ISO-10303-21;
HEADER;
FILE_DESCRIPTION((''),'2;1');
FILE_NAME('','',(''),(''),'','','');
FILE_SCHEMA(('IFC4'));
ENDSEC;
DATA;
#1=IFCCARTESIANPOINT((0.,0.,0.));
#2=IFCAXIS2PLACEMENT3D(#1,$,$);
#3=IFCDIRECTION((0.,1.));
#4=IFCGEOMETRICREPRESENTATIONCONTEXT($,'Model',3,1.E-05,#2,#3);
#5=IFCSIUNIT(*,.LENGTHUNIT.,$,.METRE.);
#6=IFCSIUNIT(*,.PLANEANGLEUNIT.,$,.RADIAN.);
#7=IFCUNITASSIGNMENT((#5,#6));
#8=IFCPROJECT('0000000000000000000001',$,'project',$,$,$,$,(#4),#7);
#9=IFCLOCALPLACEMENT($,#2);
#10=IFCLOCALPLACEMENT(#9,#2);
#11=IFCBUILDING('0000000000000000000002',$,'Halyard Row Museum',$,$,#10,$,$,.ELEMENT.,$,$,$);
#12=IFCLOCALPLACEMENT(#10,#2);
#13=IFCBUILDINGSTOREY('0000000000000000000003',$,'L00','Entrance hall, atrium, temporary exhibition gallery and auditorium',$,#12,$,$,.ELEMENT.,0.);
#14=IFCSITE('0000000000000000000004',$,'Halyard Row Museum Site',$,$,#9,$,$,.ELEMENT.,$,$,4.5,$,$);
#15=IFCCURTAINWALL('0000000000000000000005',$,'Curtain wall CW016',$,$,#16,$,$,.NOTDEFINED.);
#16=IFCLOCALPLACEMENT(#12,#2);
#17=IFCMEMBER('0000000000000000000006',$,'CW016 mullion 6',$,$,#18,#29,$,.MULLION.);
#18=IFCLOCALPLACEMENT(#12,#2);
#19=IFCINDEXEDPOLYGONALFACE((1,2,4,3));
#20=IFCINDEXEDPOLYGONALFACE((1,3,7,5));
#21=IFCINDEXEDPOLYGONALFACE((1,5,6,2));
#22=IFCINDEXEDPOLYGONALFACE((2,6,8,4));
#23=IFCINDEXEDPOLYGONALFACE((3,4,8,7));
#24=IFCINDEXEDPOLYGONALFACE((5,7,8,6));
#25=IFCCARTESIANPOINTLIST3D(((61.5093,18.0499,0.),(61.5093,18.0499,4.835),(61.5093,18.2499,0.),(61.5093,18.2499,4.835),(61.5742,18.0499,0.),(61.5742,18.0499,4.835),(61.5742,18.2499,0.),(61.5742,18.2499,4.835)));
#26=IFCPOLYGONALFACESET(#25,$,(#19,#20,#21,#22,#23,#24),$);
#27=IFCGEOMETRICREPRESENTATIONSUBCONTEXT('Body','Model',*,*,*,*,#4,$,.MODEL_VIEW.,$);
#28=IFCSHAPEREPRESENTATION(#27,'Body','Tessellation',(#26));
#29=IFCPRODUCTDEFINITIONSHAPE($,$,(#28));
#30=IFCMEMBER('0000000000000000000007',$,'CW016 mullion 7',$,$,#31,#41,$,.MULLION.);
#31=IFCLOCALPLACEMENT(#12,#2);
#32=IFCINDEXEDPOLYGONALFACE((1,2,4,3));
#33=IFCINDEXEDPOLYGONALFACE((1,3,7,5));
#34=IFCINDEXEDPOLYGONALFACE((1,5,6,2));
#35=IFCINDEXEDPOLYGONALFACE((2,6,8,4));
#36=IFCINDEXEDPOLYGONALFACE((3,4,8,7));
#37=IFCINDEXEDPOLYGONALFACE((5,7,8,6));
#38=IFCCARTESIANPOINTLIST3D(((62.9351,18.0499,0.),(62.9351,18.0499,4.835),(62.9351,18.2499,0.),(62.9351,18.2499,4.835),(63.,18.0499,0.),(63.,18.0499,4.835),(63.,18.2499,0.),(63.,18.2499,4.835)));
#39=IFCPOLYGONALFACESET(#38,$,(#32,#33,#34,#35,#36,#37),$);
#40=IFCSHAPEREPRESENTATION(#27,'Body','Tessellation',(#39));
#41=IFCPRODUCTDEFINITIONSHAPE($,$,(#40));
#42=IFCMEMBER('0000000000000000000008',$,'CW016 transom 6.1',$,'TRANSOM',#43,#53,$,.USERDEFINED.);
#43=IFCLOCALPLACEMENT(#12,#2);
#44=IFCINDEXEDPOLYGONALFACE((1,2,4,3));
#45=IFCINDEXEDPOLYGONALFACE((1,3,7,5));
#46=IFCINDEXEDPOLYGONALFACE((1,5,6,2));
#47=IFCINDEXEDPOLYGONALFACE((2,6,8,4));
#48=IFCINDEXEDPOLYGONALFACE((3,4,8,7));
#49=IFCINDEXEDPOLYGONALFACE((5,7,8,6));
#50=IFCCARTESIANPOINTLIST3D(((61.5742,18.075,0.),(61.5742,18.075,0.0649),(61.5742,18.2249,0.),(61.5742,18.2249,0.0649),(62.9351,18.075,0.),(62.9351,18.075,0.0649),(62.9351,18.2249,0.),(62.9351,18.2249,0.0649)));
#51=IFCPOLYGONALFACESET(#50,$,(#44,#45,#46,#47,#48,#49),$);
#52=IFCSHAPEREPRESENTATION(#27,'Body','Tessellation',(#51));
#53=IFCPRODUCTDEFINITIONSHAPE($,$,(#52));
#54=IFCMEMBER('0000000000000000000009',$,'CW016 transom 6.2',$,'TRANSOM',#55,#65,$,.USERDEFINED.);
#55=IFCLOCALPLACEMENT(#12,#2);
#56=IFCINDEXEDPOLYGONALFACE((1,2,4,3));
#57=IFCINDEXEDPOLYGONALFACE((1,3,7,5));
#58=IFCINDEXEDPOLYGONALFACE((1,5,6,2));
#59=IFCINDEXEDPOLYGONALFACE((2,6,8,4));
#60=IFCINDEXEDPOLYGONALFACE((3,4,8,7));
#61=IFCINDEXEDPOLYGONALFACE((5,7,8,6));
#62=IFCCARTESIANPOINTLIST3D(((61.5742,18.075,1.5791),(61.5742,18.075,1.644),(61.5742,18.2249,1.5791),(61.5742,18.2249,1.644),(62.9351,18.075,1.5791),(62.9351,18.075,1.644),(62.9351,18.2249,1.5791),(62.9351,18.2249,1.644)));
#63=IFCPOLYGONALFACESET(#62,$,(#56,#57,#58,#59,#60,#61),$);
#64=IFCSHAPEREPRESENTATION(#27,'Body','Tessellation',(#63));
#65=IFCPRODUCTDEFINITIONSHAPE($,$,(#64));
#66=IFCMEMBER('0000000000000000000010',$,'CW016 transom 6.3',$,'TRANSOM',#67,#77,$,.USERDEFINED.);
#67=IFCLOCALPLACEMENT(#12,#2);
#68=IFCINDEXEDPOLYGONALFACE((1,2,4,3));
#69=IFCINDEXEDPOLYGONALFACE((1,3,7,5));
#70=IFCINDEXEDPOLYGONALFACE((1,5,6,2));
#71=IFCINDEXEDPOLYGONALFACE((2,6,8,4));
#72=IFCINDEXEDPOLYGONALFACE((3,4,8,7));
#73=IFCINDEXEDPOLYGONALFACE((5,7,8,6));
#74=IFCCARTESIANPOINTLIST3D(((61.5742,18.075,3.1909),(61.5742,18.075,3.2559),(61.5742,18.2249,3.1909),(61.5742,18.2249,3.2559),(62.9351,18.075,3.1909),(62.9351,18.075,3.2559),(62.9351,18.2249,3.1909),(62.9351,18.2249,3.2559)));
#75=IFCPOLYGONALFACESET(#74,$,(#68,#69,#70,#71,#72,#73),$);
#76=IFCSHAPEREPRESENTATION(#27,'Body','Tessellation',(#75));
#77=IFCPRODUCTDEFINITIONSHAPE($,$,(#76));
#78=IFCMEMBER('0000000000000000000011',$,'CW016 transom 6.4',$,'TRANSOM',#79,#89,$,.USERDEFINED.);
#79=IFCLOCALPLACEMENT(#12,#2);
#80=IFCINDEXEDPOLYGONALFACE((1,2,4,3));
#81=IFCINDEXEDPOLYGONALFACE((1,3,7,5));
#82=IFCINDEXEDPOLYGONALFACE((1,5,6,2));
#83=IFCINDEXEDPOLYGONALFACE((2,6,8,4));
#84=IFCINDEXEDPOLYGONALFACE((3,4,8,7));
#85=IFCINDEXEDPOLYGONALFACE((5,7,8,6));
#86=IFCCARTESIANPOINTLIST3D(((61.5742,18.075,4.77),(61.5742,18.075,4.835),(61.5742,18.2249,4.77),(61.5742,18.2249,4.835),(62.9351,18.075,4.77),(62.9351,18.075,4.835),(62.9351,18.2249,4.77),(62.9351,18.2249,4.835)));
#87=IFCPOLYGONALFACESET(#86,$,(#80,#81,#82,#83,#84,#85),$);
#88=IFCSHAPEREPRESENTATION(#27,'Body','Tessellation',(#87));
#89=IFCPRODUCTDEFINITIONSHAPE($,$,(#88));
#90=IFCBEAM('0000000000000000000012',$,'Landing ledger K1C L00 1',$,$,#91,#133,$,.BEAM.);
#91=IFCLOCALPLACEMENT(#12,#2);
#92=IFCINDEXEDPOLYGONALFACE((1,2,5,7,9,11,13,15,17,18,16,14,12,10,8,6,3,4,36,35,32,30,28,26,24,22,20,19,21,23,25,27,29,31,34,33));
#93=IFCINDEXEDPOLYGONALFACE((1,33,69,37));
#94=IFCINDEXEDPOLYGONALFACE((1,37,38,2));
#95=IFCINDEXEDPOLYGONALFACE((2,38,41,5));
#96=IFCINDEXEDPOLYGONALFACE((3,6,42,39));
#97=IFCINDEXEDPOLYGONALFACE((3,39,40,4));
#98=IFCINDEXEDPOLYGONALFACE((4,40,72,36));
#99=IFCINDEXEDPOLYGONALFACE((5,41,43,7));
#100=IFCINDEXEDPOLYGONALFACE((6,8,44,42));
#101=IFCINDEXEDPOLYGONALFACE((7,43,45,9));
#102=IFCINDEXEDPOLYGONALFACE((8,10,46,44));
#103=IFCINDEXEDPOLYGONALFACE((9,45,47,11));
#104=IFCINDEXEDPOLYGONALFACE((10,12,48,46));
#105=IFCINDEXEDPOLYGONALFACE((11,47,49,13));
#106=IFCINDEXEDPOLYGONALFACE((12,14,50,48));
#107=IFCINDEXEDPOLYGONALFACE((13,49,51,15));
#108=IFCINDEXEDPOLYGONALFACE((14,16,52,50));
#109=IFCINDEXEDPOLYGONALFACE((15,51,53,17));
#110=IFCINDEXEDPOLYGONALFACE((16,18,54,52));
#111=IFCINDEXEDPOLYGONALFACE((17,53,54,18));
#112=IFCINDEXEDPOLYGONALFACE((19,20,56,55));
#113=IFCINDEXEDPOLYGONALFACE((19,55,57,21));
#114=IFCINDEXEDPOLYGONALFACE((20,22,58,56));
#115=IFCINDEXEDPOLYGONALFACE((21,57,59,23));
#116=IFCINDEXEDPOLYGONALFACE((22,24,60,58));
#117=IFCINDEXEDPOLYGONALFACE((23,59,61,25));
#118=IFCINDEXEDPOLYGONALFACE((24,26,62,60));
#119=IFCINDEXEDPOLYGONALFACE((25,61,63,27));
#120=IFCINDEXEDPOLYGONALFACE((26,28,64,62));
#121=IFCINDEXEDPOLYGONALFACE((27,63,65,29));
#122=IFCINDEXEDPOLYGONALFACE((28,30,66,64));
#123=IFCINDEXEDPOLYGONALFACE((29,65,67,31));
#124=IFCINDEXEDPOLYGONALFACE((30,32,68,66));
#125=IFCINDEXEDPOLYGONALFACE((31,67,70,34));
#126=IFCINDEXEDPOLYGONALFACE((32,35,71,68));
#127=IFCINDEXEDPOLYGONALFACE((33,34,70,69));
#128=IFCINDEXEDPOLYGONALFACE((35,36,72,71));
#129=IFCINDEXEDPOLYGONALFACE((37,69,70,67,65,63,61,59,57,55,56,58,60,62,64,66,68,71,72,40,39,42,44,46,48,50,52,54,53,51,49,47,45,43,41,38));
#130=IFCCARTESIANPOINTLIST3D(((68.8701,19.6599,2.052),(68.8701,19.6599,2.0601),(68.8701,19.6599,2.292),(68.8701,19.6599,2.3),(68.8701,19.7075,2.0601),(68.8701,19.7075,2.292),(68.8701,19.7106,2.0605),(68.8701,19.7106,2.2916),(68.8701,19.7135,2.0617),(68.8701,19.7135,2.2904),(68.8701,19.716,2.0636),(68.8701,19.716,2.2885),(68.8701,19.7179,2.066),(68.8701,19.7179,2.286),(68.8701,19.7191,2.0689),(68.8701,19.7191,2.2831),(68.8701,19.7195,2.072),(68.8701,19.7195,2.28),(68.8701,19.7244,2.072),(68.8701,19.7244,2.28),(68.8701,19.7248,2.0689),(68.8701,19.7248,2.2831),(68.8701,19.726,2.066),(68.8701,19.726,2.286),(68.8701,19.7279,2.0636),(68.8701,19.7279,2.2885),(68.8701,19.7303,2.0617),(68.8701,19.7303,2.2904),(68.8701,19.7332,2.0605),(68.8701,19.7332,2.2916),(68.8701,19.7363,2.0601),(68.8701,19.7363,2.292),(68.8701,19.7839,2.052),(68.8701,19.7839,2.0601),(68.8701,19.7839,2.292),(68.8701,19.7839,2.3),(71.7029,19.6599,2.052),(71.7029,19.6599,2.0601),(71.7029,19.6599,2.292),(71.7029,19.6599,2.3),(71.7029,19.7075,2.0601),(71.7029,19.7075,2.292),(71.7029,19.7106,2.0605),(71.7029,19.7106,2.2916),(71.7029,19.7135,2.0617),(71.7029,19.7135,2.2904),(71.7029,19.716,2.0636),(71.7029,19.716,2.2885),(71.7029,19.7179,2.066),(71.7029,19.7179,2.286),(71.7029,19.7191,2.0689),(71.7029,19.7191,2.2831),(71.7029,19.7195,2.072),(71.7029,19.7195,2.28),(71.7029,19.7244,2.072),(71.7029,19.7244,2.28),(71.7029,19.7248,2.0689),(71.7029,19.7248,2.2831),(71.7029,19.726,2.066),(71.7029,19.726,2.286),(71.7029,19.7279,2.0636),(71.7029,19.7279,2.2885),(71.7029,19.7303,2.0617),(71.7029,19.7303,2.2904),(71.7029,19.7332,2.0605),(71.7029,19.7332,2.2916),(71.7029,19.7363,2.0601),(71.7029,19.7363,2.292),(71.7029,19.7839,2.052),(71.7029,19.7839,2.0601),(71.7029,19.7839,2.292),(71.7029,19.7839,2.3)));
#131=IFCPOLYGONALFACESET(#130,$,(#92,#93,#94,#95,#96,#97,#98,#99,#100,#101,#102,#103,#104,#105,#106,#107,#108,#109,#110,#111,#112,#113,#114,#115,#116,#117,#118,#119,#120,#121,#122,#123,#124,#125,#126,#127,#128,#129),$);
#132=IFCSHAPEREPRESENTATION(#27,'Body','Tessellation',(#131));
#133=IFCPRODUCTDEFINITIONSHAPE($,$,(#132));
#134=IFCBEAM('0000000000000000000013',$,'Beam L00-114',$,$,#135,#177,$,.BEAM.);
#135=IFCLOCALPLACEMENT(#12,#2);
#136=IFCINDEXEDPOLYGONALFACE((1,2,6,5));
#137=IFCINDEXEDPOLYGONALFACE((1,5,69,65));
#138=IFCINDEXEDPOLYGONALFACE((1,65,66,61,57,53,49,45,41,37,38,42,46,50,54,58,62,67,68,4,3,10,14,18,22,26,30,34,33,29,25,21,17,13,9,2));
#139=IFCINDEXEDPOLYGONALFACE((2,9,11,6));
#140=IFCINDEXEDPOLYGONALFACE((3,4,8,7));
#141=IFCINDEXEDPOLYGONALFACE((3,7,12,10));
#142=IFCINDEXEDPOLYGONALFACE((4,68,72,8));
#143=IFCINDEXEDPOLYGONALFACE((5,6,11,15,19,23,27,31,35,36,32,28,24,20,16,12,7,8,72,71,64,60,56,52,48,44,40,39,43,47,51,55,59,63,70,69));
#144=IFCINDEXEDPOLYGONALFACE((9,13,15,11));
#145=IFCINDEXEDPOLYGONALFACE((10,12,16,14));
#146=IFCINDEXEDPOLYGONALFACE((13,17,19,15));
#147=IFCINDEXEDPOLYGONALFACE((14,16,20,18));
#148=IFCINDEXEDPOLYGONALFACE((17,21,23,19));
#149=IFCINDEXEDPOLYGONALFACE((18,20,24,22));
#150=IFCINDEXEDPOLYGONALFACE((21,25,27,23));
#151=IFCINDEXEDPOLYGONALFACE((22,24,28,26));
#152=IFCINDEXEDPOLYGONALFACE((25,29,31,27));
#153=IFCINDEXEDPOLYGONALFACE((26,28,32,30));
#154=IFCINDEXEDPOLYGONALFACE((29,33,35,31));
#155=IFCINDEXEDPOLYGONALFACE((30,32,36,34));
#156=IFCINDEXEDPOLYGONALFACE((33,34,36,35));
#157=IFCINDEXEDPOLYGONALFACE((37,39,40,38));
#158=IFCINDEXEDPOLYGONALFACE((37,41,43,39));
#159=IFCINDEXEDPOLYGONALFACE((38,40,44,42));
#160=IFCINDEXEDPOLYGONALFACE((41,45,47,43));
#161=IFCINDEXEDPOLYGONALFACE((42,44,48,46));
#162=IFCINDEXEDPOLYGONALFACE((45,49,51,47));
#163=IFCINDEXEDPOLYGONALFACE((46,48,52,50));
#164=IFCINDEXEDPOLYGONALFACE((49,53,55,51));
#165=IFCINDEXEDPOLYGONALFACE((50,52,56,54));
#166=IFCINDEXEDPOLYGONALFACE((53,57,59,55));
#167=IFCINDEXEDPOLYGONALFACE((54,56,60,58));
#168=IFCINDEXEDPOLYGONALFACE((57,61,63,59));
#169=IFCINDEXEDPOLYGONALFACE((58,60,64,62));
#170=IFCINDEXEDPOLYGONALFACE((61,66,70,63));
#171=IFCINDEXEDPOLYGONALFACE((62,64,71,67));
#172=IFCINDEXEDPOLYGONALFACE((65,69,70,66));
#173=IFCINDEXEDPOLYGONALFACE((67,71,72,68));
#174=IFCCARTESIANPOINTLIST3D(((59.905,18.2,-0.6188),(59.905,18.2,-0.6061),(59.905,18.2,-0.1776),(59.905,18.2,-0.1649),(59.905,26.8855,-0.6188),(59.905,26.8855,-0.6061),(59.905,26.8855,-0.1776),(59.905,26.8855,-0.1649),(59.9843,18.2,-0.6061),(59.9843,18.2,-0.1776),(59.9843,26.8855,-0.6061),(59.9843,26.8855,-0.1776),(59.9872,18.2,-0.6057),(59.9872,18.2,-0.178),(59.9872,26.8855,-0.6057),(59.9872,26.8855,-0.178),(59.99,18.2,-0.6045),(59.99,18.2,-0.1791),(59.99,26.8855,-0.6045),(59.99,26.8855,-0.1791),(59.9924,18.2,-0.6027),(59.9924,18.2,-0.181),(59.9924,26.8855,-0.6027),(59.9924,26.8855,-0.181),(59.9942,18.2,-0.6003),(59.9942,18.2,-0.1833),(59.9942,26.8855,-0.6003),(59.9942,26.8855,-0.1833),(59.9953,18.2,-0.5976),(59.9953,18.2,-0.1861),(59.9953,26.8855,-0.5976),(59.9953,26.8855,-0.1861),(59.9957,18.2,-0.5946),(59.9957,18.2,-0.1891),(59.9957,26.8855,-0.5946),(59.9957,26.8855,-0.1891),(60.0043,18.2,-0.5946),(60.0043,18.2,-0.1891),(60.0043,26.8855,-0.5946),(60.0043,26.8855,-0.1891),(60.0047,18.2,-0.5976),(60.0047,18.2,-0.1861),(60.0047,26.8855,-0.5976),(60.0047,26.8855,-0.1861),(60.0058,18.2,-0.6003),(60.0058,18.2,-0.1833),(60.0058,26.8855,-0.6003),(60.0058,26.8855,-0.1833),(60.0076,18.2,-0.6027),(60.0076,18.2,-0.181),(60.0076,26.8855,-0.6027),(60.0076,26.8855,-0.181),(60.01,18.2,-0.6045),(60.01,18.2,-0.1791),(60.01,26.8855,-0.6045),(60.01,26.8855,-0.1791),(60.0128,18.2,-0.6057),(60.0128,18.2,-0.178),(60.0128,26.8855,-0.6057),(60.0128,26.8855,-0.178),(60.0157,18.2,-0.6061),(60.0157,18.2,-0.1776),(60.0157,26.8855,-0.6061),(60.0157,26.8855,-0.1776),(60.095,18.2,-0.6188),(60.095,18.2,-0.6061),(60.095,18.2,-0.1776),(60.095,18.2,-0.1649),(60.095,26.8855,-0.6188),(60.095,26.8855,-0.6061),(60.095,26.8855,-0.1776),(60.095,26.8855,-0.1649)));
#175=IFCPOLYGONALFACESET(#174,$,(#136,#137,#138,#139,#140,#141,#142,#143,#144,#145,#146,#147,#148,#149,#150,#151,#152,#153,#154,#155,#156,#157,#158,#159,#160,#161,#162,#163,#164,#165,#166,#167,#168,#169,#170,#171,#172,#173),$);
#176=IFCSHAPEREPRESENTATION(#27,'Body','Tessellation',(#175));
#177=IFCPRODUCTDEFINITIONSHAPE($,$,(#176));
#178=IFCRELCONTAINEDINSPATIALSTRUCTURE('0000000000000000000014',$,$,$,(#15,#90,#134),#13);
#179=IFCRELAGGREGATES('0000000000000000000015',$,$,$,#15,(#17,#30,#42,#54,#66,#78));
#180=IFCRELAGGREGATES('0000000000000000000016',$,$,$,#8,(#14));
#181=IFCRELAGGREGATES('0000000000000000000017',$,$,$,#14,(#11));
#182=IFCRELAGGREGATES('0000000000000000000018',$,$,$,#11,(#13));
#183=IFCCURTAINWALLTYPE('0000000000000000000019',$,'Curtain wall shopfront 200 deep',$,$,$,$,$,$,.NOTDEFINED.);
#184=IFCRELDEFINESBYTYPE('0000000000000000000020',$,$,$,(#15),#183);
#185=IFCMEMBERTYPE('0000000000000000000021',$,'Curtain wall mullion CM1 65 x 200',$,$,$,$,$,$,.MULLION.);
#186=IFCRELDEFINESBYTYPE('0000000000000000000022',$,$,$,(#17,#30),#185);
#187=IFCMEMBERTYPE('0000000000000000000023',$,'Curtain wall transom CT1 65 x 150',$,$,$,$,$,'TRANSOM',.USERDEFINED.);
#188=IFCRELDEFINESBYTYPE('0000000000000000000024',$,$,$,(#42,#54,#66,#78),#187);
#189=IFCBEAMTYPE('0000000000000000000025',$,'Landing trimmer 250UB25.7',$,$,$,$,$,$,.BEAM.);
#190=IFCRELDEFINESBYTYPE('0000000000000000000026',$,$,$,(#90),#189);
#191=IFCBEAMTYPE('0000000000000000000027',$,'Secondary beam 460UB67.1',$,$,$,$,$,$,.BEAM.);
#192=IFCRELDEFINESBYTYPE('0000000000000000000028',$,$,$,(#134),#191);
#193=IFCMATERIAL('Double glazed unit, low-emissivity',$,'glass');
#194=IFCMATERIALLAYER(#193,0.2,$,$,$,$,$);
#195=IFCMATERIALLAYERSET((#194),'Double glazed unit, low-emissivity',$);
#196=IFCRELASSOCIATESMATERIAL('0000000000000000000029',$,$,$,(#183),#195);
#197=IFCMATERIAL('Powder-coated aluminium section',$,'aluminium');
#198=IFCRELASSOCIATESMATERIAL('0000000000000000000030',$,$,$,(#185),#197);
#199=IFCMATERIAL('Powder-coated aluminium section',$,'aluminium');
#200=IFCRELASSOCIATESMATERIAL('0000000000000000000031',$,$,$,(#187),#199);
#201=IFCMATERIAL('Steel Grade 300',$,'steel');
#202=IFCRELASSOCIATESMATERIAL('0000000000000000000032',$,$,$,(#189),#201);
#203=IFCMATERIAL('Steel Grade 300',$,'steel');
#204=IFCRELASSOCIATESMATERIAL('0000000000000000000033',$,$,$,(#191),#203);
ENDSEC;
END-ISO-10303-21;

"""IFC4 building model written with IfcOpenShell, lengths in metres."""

from ifc_helpers import new_model, si_unit, direction, frame, origin, origin_2d, place, context, subcontext, project, spatial, rectangle, i_section, extrude, material, layer, layer_set, material_profile, profile_set, type_object, element, aggregate, save


model = new_model("IFC4")

# Units and contexts
model_context = context("Model", 3, precision=1e-05, world=origin(), true_north=direction((0.0, 1.0)))
body_context = subcontext(model_context, "Body", "Model", "MODEL_VIEW")
ifc_project = project(units=[si_unit("LENGTHUNIT", "METRE"), si_unit("PLANEANGLEUNIT", "RADIAN")], contexts=[model_context])

# Site, building, storey
site_placement = place(None, origin())
site = spatial("IfcSite", under=ifc_project, at=site_placement, Name="Halyard Row Museum Site", CompositionType="ELEMENT", RefElevation=4.5)
building_placement = place(site_placement, origin())
building = spatial("IfcBuilding", under=site, at=building_placement, Name="Halyard Row Museum", CompositionType="ELEMENT")
storey_placement = place(building_placement, origin())
storey = spatial("IfcBuildingStorey", under=building, at=storey_placement, Name="L00", Description="Entrance hall, atrium, temporary exhibition gallery and auditorium", CompositionType="ELEMENT", Elevation=0.0)

# Curtain wall, members
ifc_material_1 = material(Name="Double glazed unit, low-emissivity", Category="glass")
ifc_layer_1 = layer(ifc_material_1, 0.2)
ifc_layer_set_1 = layer_set([ifc_layer_1], Name="Double glazed unit, low-emissivity")
curtain_wall_type = type_object("IfcCurtainWallType", Name="Curtain wall shopfront 200 deep", PredefinedType="NOTDEFINED", material=ifc_layer_set_1)
curtain_wall_placement = place(storey_placement, origin())
curtain_wall = element("IfcCurtainWall", 1, at=curtain_wall_placement, inside=storey, type_object=curtain_wall_type, Name="Curtain wall CW016", PredefinedType="NOTDEFINED")
ifc_material_2 = material(Name="Powder-coated aluminium section", Category="aluminium")
ifc_material_profile_1 = material_profile(ifc_material_2, rectangle(XDim=0.2, YDim=0.0649, at=origin_2d()), Name="200x65 mullion")
ifc_profile_set_1 = profile_set([ifc_material_profile_1], Name="Powder-coated aluminium section")
member_type_1 = type_object("IfcMemberType", Name="Curtain wall mullion CM1 65 x 200", PredefinedType="MULLION", material=ifc_profile_set_1)
member_1_placement = place(storey_placement, frame((61.5417, 18.1499, 0.0), z_axis=(0.0, 0.0, 1.0), x_axis=(0.0, 1.0, 0.0)))
member_1 = element("IfcMember", 2, at=member_1_placement, type_object=member_type_1, Name="CW016 mullion 6", PredefinedType="MULLION", context=body_context, shape_type="SweptSolid", body=[
    extrude(rectangle(XDim=0.2, YDim=0.0649, at=origin_2d()), origin(), (0.0, 0.0, 1.0), 4.835),
])
member_2_placement = place(storey_placement, frame((62.9675, 18.1499, 0.0), z_axis=(0.0, 0.0, 1.0), x_axis=(0.0, 1.0, 0.0)))
member_2 = element("IfcMember", 3, at=member_2_placement, type_object=member_type_1, Name="CW016 mullion 7", PredefinedType="MULLION", context=body_context, shape_type="SweptSolid", body=[
    extrude(rectangle(XDim=0.2, YDim=0.0649, at=origin_2d()), origin(), (0.0, 0.0, 1.0), 4.835),
])
ifc_material_3 = material(Name="Powder-coated aluminium section", Category="aluminium")
ifc_material_profile_2 = material_profile(ifc_material_3, rectangle(XDim=0.1499, YDim=0.0649, at=origin_2d()), Name="150x65 transom")
ifc_profile_set_2 = profile_set([ifc_material_profile_2], Name="Powder-coated aluminium section")
member_type_2 = type_object("IfcMemberType", Name="Curtain wall transom CT1 65 x 150", ElementType="TRANSOM", PredefinedType="USERDEFINED", material=ifc_profile_set_2)
member_3_placement = place(storey_placement, frame((61.5742, 18.1499, 0.0325), z_axis=(1.0, 0.0, 0.0), x_axis=(0.0, 1.0, 0.0)))
member_3 = element("IfcMember", 4, at=member_3_placement, type_object=member_type_2, Name="CW016 transom 6.1", ObjectType="TRANSOM", PredefinedType="USERDEFINED", context=body_context, shape_type="SweptSolid", body=[
    extrude(rectangle(XDim=0.1499, YDim=0.0649, at=origin_2d()), origin(), (0.0, 0.0, 1.0), 1.3608),
])
member_4_placement = place(storey_placement, frame((61.5742, 18.1499, 1.6116), z_axis=(1.0, 0.0, 0.0), x_axis=(0.0, 1.0, 0.0)))
member_4 = element("IfcMember", 5, at=member_4_placement, type_object=member_type_2, Name="CW016 transom 6.2", ObjectType="TRANSOM", PredefinedType="USERDEFINED", context=body_context, shape_type="SweptSolid", body=[
    extrude(rectangle(XDim=0.1499, YDim=0.0649, at=origin_2d()), origin(), (0.0, 0.0, 1.0), 1.3608),
])
member_5_placement = place(storey_placement, frame((61.5742, 18.1499, 3.2234), z_axis=(1.0, 0.0, 0.0), x_axis=(0.0, 1.0, 0.0)))
member_5 = element("IfcMember", 6, at=member_5_placement, type_object=member_type_2, Name="CW016 transom 6.3", ObjectType="TRANSOM", PredefinedType="USERDEFINED", context=body_context, shape_type="SweptSolid", body=[
    extrude(rectangle(XDim=0.1499, YDim=0.0649, at=origin_2d()), origin(), (0.0, 0.0, 1.0), 1.3608),
])
member_6_placement = place(storey_placement, frame((61.5742, 18.1499, 4.8025), z_axis=(1.0, 0.0, 0.0), x_axis=(0.0, 1.0, 0.0)))
member_6 = element("IfcMember", 7, at=member_6_placement, type_object=member_type_2, Name="CW016 transom 6.4", ObjectType="TRANSOM", PredefinedType="USERDEFINED", context=body_context, shape_type="SweptSolid", body=[
    extrude(rectangle(XDim=0.1499, YDim=0.0649, at=origin_2d()), origin(), (0.0, 0.0, 1.0), 1.3608),
])

# Beams
ifc_material_4 = material(Name="Steel Grade 300", Category="steel")
ifc_material_profile_3 = material_profile(ifc_material_4, i_section(OverallWidth=0.124, OverallDepth=0.248, WebThickness=0.0049, FlangeThickness=0.0081, FilletRadius=0.012, at=origin_2d()), Name="250UB25.7")
ifc_profile_set_3 = profile_set([ifc_material_profile_3], Name="Steel Grade 300")
beam_type_1 = type_object("IfcBeamType", Name="Landing trimmer 250UB25.7", PredefinedType="BEAM", material=ifc_profile_set_3)
beam_1_placement = place(storey_placement, frame((71.7029, 19.7219, 2.176), z_axis=(-1.0, 0.0, 0.0), x_axis=(0.0, -1.0, 0.0)))
element("IfcBeam", 8, at=beam_1_placement, inside=storey, type_object=beam_type_1, Name="Landing ledger K1C L00 1", PredefinedType="BEAM", context=body_context, shape_type="SweptSolid", body=[
    extrude(i_section(OverallWidth=0.124, OverallDepth=0.248, WebThickness=0.0049, FlangeThickness=0.0081, FilletRadius=0.012, at=origin_2d()), origin(), (0.0, 0.0, 1.0), 2.8328),
])
ifc_material_5 = material(Name="Steel Grade 300", Category="steel")
ifc_material_profile_4 = material_profile(ifc_material_5, i_section(OverallWidth=0.1899, OverallDepth=0.4539, WebThickness=0.0085, FlangeThickness=0.0127, FilletRadius=0.0115, at=origin_2d()), Name="460UB67.1")
ifc_profile_set_4 = profile_set([ifc_material_profile_4], Name="Steel Grade 300")
beam_type_2 = type_object("IfcBeamType", Name="Secondary beam 460UB67.1", PredefinedType="BEAM", material=ifc_profile_set_4)
beam_2_placement = place(storey_placement, frame((60.0, 18.2, -0.3918), z_axis=(0.0, 1.0, 0.0), x_axis=(-1.0, 0.0, 0.0)))
element("IfcBeam", 9, at=beam_2_placement, inside=storey, type_object=beam_type_2, Name="Beam L00-114", PredefinedType="BEAM", context=body_context, shape_type="SweptSolid", body=[
    extrude(i_section(OverallWidth=0.1899, OverallDepth=0.4539, WebThickness=0.0085, FlangeThickness=0.0127, FilletRadius=0.0115, at=origin_2d()), origin(), (0.0, 0.0, 1.0), 8.6855),
])

aggregate(curtain_wall, [member_1, member_2, member_3, member_4, member_5, member_6])

save(model, "model.ifc")
